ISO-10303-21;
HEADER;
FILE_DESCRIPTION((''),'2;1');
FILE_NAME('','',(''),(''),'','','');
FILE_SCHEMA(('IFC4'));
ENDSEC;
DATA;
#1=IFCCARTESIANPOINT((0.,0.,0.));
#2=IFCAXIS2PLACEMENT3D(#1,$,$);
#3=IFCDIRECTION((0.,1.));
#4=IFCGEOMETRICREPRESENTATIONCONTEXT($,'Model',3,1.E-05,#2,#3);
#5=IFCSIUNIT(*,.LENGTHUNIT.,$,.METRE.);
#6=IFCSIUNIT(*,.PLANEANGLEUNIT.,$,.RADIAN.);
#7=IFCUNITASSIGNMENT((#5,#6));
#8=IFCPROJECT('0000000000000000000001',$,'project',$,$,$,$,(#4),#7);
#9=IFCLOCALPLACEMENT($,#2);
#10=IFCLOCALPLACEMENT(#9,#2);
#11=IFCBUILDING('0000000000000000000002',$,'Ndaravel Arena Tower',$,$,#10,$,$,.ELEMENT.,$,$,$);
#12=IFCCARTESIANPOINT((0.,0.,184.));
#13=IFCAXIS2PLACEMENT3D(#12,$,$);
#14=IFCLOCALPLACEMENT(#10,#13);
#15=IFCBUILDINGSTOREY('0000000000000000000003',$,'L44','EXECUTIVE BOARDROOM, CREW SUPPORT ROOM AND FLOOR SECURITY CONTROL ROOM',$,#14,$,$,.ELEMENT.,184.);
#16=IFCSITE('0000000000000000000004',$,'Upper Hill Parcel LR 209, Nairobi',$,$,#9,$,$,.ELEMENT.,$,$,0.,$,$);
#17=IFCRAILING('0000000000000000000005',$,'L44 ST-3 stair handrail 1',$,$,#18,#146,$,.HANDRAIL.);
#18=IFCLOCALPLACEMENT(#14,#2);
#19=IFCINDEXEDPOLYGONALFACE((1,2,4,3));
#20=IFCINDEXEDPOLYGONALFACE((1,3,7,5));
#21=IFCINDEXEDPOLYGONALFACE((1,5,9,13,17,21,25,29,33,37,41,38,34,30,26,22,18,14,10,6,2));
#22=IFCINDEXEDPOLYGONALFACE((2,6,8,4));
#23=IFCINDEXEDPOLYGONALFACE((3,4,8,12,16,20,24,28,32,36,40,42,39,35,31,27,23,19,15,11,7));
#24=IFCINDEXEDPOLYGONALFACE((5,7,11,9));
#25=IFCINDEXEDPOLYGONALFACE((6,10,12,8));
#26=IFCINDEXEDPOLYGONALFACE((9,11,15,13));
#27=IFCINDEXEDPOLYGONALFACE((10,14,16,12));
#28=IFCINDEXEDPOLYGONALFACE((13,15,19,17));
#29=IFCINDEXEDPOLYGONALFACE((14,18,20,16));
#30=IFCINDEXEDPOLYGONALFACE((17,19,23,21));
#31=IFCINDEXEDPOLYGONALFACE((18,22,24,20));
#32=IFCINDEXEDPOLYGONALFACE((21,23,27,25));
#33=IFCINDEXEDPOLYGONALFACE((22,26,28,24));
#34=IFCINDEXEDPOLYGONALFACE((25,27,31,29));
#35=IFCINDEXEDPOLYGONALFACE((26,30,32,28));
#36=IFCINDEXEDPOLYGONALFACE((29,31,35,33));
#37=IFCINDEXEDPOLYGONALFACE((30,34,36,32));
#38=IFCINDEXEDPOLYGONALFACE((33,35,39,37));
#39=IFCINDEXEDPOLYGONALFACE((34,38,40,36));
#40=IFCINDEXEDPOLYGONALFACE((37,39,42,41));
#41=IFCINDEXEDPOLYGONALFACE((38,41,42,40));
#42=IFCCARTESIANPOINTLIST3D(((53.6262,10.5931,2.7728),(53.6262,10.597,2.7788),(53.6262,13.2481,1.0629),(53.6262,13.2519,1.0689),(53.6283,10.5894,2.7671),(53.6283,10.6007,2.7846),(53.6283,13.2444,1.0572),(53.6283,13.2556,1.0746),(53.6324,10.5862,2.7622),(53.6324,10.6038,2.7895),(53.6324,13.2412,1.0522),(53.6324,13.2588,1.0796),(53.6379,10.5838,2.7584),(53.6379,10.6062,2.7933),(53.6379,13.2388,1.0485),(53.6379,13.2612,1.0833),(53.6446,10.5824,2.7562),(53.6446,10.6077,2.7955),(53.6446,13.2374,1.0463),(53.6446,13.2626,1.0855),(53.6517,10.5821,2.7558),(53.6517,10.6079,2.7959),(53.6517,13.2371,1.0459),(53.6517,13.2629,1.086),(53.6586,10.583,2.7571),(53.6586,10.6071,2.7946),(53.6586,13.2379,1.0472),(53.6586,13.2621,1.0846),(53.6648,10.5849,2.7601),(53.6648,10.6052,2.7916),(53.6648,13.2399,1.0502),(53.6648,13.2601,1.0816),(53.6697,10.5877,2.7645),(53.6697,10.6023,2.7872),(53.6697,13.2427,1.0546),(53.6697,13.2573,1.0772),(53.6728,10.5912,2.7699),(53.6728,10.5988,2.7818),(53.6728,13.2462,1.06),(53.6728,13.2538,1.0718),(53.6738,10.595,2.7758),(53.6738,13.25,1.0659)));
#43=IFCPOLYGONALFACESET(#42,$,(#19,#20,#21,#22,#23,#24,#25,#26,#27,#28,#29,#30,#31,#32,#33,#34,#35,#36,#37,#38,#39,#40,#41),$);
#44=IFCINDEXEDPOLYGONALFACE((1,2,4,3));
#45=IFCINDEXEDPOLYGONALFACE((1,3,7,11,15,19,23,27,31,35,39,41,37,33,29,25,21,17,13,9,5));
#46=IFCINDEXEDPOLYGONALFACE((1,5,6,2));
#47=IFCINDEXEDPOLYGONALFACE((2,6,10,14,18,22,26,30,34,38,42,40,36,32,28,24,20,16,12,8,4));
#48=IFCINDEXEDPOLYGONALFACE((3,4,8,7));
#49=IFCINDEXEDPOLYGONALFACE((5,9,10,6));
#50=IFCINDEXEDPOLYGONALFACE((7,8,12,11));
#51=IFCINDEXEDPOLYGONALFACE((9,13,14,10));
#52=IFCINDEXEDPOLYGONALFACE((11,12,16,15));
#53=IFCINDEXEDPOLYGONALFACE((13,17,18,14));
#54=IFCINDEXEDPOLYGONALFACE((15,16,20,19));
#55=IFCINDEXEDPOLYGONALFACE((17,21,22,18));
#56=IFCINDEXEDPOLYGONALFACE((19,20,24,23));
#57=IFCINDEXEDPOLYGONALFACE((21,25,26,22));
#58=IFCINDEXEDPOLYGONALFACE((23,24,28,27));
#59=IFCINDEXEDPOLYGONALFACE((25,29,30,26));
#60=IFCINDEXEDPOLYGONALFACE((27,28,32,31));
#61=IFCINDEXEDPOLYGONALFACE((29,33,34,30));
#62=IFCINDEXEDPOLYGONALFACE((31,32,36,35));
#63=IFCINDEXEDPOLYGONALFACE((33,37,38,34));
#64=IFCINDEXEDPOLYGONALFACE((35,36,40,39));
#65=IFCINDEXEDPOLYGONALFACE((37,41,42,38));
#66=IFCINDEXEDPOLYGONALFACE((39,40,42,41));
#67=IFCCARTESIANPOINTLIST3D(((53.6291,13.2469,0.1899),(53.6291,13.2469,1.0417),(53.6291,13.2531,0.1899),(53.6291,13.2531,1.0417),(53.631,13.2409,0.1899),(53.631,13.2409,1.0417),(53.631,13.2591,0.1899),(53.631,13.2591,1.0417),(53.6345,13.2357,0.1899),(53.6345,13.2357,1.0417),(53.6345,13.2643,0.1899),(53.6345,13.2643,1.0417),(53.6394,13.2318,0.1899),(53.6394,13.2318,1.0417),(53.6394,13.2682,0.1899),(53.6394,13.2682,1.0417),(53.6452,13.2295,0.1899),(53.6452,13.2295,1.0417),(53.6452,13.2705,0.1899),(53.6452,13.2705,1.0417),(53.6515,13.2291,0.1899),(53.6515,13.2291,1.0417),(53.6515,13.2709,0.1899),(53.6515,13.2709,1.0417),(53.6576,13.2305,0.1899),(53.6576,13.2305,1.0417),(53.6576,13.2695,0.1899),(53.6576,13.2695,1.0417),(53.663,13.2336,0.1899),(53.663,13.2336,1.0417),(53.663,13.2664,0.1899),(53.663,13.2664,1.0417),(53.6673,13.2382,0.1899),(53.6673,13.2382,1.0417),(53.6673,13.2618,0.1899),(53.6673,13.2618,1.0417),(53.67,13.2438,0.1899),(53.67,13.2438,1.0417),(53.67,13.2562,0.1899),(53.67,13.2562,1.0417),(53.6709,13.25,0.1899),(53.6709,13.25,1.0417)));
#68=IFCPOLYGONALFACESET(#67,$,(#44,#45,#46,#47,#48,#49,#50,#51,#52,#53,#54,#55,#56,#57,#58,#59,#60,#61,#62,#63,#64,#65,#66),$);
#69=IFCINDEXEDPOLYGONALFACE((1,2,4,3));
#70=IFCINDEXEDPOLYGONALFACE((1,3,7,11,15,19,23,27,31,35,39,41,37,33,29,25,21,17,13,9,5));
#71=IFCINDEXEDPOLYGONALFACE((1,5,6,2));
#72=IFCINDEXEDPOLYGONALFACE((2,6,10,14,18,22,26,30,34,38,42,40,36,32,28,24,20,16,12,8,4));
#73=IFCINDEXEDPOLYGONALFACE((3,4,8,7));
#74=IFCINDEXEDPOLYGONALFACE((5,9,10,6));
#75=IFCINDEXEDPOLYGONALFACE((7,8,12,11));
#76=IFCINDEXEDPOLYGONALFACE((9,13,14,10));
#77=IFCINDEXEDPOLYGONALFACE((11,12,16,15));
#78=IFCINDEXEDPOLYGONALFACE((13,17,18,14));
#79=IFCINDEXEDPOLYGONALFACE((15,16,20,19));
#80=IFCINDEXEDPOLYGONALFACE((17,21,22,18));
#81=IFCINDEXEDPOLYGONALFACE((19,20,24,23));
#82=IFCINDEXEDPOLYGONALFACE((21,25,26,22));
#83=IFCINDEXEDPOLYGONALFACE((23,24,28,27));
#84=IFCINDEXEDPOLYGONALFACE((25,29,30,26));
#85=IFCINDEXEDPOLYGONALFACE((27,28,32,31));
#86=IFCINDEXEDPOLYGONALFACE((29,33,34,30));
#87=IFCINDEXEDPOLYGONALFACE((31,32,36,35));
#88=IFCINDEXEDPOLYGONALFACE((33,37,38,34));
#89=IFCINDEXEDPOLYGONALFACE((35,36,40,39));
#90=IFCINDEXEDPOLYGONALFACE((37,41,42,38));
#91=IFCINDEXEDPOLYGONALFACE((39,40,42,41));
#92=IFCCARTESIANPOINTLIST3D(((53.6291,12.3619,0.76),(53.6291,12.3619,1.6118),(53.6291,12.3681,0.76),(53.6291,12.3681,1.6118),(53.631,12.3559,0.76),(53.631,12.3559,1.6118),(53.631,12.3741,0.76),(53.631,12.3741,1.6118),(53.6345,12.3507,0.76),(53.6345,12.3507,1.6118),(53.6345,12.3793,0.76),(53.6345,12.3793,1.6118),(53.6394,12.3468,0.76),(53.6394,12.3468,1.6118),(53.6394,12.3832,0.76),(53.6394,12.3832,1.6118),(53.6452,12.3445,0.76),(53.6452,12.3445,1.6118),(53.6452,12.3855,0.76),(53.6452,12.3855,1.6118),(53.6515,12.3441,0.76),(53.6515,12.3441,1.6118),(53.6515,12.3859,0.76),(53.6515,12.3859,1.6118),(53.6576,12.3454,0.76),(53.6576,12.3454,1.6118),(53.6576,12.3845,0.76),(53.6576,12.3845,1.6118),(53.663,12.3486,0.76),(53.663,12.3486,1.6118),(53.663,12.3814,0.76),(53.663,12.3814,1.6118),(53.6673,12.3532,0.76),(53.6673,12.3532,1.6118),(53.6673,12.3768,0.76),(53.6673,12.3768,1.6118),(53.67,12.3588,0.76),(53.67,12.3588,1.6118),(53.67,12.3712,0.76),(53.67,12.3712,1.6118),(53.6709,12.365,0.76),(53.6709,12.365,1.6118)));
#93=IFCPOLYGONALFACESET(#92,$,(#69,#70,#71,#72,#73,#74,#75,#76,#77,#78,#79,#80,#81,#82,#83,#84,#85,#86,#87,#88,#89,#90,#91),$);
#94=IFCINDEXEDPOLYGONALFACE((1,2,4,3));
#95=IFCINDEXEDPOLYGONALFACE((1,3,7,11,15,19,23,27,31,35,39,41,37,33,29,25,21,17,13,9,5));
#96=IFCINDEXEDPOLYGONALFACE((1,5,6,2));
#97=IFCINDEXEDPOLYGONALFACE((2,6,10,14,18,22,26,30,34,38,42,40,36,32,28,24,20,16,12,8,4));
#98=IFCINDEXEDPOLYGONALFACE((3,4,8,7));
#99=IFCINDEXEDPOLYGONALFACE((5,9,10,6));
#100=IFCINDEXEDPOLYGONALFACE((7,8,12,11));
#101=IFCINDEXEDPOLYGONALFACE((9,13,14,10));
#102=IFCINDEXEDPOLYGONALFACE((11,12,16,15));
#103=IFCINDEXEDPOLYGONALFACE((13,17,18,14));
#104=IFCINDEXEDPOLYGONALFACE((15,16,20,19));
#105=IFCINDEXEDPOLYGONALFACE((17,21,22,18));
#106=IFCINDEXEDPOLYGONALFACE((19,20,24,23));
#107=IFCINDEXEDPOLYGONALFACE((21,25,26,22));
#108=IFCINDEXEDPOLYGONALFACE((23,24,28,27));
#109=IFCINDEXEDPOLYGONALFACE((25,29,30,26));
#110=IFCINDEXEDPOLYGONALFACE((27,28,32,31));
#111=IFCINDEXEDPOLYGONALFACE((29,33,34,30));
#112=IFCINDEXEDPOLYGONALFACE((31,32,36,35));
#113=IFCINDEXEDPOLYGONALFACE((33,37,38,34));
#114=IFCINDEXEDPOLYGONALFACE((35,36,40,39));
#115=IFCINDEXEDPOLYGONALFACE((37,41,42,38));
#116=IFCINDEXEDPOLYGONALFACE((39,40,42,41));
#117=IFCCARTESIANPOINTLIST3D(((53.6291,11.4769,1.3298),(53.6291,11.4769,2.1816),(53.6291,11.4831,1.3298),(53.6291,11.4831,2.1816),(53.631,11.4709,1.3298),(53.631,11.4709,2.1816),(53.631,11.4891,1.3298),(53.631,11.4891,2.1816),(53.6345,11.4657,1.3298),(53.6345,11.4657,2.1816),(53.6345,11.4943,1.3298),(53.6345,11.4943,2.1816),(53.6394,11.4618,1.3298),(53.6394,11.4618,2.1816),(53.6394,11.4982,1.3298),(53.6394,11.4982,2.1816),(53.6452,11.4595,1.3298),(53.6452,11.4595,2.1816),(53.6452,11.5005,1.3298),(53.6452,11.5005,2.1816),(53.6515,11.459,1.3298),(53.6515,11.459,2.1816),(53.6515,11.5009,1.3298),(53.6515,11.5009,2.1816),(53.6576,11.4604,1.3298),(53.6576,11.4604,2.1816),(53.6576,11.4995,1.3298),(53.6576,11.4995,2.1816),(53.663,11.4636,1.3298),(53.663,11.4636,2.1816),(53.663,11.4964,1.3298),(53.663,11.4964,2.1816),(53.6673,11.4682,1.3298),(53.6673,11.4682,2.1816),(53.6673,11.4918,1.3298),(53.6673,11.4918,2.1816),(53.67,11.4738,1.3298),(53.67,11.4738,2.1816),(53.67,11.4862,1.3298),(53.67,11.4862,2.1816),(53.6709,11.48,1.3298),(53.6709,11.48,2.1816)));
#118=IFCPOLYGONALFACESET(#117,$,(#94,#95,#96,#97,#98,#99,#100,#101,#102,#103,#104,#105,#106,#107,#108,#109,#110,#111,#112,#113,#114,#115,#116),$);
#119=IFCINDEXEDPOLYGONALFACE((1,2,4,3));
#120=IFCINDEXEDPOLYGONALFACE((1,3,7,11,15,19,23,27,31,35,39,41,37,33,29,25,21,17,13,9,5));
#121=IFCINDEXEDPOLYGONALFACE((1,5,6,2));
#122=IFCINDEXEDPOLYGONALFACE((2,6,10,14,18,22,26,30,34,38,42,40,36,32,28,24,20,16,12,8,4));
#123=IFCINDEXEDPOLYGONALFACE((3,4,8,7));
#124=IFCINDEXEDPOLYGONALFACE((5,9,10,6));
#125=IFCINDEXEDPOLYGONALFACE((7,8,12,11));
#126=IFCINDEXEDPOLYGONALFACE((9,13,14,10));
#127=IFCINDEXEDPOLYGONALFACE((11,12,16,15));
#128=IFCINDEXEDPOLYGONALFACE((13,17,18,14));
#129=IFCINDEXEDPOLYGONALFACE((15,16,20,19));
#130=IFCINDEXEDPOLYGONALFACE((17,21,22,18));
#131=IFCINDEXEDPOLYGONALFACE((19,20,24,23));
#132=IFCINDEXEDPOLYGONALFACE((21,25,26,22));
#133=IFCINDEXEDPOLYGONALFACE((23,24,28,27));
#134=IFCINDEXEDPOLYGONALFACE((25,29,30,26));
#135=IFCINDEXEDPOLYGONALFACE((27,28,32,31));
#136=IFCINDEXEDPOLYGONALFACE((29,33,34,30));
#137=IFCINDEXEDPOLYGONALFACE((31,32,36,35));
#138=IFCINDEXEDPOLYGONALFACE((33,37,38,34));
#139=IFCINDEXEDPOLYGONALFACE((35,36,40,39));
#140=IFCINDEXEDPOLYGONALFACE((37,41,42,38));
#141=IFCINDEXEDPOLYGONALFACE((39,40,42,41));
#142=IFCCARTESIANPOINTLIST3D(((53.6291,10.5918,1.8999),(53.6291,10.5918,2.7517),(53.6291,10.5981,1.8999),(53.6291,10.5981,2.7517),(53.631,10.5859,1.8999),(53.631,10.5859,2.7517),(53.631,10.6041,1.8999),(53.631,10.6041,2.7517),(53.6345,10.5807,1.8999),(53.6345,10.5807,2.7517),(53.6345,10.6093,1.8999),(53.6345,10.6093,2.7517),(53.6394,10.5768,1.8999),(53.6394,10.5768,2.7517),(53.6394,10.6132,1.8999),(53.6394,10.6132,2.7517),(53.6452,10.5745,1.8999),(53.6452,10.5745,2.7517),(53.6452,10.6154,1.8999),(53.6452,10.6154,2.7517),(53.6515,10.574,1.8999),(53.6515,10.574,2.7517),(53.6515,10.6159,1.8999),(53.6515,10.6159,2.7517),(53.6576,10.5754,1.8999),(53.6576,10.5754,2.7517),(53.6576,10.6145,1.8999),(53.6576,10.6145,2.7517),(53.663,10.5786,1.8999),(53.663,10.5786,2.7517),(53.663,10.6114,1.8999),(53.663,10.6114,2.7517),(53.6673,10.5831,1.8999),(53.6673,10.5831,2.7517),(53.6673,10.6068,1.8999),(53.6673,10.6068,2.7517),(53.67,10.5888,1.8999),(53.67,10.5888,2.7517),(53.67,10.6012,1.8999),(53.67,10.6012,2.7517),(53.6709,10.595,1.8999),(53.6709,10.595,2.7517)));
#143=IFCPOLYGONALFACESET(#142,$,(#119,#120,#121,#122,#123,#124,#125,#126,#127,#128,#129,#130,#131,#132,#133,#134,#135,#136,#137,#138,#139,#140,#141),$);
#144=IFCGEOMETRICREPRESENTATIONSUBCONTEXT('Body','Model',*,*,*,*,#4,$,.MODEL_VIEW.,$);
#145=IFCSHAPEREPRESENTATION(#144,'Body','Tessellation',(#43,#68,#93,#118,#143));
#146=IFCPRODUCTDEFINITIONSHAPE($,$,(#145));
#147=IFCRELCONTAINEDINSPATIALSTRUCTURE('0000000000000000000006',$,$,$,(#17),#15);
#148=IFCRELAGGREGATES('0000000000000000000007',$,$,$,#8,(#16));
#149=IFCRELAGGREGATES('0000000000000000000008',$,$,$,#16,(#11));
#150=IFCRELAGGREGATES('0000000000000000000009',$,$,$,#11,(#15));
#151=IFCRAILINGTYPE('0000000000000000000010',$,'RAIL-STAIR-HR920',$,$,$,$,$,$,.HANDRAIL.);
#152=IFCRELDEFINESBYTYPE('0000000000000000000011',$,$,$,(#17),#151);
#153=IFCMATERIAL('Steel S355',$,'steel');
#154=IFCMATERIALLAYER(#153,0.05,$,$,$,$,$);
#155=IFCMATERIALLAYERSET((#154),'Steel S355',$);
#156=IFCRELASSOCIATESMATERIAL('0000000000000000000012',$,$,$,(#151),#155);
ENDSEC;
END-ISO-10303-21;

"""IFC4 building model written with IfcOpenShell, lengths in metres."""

from ifc_helpers import new_model, si_unit, direction, frame, origin, origin_2d, place, context, subcontext, project, spatial, circle, extrude, material, layer, layer_set, type_object, element, save


model = new_model("IFC4")

# Units and contexts
model_context = context("Model", 3, precision=1e-05, world=origin(), true_north=direction((0.0, 1.0)))
body_context = subcontext(model_context, "Body", "Model", "MODEL_VIEW")
ifc_project = project(units=[si_unit("LENGTHUNIT", "METRE"), si_unit("PLANEANGLEUNIT", "RADIAN")], contexts=[model_context])

# Site, building, storey
site_placement = place(None, origin())
site = spatial("IfcSite", under=ifc_project, at=site_placement, Name="Upper Hill Parcel LR 209, Nairobi", CompositionType="ELEMENT", RefElevation=0.0)
building_placement = place(site_placement, origin())
building = spatial("IfcBuilding", under=site, at=building_placement, Name="Ndaravel Arena Tower", CompositionType="ELEMENT")
storey_placement = place(building_placement, frame((0.0, 0.0, 184.0)))
storey = spatial("IfcBuildingStorey", under=building, at=storey_placement, Name="L44", Description="EXECUTIVE BOARDROOM, CREW SUPPORT ROOM AND FLOOR SECURITY CONTROL ROOM", CompositionType="ELEMENT", Elevation=184.0)

# Railing
ifc_material_1 = material(Name="Steel S355", Category="steel")
ifc_layer_1 = layer(ifc_material_1, 0.05)
ifc_layer_set_1 = layer_set([ifc_layer_1], Name="Steel S355")
railing_type_1 = type_object("IfcRailingType", Name="RAIL-STAIR-HR920", PredefinedType="HANDRAIL", material=ifc_layer_set_1)
railing_1_placement = place(storey_placement, frame((53.6499, 13.25, 0.1899)))
element("IfcRailing", 1, at=railing_1_placement, inside=storey, type_object=railing_type_1, Name="L44 ST-3 stair handrail 1", PredefinedType="HANDRAIL", context=body_context, shape_type="SweptSolid", body=[
    extrude(circle(Radius=0.0239, at=origin_2d()), frame((0.0, 0.0, 0.876), z_axis=(0.0, -0.840724, 0.541465), x_axis=(1.0, 0.0, 0.0)), (0.0, 0.0, 1.0), 3.158),
    extrude(circle(Radius=0.021, at=origin_2d()), origin(), (0.0, 0.0, 1.0), 0.8518),
    extrude(circle(Radius=0.021, at=origin_2d()), frame((0.0, -0.885, 0.5701)), (0.0, 0.0, 1.0), 0.8518),
    extrude(circle(Radius=0.021, at=origin_2d()), frame((0.0, -1.77, 1.1399)), (0.0, 0.0, 1.0), 0.8518),
    extrude(circle(Radius=0.021, at=origin_2d()), frame((0.0, -2.655, 1.71)), (0.0, 0.0, 1.0), 0.8518),
])

save(model, "model.ifc")
